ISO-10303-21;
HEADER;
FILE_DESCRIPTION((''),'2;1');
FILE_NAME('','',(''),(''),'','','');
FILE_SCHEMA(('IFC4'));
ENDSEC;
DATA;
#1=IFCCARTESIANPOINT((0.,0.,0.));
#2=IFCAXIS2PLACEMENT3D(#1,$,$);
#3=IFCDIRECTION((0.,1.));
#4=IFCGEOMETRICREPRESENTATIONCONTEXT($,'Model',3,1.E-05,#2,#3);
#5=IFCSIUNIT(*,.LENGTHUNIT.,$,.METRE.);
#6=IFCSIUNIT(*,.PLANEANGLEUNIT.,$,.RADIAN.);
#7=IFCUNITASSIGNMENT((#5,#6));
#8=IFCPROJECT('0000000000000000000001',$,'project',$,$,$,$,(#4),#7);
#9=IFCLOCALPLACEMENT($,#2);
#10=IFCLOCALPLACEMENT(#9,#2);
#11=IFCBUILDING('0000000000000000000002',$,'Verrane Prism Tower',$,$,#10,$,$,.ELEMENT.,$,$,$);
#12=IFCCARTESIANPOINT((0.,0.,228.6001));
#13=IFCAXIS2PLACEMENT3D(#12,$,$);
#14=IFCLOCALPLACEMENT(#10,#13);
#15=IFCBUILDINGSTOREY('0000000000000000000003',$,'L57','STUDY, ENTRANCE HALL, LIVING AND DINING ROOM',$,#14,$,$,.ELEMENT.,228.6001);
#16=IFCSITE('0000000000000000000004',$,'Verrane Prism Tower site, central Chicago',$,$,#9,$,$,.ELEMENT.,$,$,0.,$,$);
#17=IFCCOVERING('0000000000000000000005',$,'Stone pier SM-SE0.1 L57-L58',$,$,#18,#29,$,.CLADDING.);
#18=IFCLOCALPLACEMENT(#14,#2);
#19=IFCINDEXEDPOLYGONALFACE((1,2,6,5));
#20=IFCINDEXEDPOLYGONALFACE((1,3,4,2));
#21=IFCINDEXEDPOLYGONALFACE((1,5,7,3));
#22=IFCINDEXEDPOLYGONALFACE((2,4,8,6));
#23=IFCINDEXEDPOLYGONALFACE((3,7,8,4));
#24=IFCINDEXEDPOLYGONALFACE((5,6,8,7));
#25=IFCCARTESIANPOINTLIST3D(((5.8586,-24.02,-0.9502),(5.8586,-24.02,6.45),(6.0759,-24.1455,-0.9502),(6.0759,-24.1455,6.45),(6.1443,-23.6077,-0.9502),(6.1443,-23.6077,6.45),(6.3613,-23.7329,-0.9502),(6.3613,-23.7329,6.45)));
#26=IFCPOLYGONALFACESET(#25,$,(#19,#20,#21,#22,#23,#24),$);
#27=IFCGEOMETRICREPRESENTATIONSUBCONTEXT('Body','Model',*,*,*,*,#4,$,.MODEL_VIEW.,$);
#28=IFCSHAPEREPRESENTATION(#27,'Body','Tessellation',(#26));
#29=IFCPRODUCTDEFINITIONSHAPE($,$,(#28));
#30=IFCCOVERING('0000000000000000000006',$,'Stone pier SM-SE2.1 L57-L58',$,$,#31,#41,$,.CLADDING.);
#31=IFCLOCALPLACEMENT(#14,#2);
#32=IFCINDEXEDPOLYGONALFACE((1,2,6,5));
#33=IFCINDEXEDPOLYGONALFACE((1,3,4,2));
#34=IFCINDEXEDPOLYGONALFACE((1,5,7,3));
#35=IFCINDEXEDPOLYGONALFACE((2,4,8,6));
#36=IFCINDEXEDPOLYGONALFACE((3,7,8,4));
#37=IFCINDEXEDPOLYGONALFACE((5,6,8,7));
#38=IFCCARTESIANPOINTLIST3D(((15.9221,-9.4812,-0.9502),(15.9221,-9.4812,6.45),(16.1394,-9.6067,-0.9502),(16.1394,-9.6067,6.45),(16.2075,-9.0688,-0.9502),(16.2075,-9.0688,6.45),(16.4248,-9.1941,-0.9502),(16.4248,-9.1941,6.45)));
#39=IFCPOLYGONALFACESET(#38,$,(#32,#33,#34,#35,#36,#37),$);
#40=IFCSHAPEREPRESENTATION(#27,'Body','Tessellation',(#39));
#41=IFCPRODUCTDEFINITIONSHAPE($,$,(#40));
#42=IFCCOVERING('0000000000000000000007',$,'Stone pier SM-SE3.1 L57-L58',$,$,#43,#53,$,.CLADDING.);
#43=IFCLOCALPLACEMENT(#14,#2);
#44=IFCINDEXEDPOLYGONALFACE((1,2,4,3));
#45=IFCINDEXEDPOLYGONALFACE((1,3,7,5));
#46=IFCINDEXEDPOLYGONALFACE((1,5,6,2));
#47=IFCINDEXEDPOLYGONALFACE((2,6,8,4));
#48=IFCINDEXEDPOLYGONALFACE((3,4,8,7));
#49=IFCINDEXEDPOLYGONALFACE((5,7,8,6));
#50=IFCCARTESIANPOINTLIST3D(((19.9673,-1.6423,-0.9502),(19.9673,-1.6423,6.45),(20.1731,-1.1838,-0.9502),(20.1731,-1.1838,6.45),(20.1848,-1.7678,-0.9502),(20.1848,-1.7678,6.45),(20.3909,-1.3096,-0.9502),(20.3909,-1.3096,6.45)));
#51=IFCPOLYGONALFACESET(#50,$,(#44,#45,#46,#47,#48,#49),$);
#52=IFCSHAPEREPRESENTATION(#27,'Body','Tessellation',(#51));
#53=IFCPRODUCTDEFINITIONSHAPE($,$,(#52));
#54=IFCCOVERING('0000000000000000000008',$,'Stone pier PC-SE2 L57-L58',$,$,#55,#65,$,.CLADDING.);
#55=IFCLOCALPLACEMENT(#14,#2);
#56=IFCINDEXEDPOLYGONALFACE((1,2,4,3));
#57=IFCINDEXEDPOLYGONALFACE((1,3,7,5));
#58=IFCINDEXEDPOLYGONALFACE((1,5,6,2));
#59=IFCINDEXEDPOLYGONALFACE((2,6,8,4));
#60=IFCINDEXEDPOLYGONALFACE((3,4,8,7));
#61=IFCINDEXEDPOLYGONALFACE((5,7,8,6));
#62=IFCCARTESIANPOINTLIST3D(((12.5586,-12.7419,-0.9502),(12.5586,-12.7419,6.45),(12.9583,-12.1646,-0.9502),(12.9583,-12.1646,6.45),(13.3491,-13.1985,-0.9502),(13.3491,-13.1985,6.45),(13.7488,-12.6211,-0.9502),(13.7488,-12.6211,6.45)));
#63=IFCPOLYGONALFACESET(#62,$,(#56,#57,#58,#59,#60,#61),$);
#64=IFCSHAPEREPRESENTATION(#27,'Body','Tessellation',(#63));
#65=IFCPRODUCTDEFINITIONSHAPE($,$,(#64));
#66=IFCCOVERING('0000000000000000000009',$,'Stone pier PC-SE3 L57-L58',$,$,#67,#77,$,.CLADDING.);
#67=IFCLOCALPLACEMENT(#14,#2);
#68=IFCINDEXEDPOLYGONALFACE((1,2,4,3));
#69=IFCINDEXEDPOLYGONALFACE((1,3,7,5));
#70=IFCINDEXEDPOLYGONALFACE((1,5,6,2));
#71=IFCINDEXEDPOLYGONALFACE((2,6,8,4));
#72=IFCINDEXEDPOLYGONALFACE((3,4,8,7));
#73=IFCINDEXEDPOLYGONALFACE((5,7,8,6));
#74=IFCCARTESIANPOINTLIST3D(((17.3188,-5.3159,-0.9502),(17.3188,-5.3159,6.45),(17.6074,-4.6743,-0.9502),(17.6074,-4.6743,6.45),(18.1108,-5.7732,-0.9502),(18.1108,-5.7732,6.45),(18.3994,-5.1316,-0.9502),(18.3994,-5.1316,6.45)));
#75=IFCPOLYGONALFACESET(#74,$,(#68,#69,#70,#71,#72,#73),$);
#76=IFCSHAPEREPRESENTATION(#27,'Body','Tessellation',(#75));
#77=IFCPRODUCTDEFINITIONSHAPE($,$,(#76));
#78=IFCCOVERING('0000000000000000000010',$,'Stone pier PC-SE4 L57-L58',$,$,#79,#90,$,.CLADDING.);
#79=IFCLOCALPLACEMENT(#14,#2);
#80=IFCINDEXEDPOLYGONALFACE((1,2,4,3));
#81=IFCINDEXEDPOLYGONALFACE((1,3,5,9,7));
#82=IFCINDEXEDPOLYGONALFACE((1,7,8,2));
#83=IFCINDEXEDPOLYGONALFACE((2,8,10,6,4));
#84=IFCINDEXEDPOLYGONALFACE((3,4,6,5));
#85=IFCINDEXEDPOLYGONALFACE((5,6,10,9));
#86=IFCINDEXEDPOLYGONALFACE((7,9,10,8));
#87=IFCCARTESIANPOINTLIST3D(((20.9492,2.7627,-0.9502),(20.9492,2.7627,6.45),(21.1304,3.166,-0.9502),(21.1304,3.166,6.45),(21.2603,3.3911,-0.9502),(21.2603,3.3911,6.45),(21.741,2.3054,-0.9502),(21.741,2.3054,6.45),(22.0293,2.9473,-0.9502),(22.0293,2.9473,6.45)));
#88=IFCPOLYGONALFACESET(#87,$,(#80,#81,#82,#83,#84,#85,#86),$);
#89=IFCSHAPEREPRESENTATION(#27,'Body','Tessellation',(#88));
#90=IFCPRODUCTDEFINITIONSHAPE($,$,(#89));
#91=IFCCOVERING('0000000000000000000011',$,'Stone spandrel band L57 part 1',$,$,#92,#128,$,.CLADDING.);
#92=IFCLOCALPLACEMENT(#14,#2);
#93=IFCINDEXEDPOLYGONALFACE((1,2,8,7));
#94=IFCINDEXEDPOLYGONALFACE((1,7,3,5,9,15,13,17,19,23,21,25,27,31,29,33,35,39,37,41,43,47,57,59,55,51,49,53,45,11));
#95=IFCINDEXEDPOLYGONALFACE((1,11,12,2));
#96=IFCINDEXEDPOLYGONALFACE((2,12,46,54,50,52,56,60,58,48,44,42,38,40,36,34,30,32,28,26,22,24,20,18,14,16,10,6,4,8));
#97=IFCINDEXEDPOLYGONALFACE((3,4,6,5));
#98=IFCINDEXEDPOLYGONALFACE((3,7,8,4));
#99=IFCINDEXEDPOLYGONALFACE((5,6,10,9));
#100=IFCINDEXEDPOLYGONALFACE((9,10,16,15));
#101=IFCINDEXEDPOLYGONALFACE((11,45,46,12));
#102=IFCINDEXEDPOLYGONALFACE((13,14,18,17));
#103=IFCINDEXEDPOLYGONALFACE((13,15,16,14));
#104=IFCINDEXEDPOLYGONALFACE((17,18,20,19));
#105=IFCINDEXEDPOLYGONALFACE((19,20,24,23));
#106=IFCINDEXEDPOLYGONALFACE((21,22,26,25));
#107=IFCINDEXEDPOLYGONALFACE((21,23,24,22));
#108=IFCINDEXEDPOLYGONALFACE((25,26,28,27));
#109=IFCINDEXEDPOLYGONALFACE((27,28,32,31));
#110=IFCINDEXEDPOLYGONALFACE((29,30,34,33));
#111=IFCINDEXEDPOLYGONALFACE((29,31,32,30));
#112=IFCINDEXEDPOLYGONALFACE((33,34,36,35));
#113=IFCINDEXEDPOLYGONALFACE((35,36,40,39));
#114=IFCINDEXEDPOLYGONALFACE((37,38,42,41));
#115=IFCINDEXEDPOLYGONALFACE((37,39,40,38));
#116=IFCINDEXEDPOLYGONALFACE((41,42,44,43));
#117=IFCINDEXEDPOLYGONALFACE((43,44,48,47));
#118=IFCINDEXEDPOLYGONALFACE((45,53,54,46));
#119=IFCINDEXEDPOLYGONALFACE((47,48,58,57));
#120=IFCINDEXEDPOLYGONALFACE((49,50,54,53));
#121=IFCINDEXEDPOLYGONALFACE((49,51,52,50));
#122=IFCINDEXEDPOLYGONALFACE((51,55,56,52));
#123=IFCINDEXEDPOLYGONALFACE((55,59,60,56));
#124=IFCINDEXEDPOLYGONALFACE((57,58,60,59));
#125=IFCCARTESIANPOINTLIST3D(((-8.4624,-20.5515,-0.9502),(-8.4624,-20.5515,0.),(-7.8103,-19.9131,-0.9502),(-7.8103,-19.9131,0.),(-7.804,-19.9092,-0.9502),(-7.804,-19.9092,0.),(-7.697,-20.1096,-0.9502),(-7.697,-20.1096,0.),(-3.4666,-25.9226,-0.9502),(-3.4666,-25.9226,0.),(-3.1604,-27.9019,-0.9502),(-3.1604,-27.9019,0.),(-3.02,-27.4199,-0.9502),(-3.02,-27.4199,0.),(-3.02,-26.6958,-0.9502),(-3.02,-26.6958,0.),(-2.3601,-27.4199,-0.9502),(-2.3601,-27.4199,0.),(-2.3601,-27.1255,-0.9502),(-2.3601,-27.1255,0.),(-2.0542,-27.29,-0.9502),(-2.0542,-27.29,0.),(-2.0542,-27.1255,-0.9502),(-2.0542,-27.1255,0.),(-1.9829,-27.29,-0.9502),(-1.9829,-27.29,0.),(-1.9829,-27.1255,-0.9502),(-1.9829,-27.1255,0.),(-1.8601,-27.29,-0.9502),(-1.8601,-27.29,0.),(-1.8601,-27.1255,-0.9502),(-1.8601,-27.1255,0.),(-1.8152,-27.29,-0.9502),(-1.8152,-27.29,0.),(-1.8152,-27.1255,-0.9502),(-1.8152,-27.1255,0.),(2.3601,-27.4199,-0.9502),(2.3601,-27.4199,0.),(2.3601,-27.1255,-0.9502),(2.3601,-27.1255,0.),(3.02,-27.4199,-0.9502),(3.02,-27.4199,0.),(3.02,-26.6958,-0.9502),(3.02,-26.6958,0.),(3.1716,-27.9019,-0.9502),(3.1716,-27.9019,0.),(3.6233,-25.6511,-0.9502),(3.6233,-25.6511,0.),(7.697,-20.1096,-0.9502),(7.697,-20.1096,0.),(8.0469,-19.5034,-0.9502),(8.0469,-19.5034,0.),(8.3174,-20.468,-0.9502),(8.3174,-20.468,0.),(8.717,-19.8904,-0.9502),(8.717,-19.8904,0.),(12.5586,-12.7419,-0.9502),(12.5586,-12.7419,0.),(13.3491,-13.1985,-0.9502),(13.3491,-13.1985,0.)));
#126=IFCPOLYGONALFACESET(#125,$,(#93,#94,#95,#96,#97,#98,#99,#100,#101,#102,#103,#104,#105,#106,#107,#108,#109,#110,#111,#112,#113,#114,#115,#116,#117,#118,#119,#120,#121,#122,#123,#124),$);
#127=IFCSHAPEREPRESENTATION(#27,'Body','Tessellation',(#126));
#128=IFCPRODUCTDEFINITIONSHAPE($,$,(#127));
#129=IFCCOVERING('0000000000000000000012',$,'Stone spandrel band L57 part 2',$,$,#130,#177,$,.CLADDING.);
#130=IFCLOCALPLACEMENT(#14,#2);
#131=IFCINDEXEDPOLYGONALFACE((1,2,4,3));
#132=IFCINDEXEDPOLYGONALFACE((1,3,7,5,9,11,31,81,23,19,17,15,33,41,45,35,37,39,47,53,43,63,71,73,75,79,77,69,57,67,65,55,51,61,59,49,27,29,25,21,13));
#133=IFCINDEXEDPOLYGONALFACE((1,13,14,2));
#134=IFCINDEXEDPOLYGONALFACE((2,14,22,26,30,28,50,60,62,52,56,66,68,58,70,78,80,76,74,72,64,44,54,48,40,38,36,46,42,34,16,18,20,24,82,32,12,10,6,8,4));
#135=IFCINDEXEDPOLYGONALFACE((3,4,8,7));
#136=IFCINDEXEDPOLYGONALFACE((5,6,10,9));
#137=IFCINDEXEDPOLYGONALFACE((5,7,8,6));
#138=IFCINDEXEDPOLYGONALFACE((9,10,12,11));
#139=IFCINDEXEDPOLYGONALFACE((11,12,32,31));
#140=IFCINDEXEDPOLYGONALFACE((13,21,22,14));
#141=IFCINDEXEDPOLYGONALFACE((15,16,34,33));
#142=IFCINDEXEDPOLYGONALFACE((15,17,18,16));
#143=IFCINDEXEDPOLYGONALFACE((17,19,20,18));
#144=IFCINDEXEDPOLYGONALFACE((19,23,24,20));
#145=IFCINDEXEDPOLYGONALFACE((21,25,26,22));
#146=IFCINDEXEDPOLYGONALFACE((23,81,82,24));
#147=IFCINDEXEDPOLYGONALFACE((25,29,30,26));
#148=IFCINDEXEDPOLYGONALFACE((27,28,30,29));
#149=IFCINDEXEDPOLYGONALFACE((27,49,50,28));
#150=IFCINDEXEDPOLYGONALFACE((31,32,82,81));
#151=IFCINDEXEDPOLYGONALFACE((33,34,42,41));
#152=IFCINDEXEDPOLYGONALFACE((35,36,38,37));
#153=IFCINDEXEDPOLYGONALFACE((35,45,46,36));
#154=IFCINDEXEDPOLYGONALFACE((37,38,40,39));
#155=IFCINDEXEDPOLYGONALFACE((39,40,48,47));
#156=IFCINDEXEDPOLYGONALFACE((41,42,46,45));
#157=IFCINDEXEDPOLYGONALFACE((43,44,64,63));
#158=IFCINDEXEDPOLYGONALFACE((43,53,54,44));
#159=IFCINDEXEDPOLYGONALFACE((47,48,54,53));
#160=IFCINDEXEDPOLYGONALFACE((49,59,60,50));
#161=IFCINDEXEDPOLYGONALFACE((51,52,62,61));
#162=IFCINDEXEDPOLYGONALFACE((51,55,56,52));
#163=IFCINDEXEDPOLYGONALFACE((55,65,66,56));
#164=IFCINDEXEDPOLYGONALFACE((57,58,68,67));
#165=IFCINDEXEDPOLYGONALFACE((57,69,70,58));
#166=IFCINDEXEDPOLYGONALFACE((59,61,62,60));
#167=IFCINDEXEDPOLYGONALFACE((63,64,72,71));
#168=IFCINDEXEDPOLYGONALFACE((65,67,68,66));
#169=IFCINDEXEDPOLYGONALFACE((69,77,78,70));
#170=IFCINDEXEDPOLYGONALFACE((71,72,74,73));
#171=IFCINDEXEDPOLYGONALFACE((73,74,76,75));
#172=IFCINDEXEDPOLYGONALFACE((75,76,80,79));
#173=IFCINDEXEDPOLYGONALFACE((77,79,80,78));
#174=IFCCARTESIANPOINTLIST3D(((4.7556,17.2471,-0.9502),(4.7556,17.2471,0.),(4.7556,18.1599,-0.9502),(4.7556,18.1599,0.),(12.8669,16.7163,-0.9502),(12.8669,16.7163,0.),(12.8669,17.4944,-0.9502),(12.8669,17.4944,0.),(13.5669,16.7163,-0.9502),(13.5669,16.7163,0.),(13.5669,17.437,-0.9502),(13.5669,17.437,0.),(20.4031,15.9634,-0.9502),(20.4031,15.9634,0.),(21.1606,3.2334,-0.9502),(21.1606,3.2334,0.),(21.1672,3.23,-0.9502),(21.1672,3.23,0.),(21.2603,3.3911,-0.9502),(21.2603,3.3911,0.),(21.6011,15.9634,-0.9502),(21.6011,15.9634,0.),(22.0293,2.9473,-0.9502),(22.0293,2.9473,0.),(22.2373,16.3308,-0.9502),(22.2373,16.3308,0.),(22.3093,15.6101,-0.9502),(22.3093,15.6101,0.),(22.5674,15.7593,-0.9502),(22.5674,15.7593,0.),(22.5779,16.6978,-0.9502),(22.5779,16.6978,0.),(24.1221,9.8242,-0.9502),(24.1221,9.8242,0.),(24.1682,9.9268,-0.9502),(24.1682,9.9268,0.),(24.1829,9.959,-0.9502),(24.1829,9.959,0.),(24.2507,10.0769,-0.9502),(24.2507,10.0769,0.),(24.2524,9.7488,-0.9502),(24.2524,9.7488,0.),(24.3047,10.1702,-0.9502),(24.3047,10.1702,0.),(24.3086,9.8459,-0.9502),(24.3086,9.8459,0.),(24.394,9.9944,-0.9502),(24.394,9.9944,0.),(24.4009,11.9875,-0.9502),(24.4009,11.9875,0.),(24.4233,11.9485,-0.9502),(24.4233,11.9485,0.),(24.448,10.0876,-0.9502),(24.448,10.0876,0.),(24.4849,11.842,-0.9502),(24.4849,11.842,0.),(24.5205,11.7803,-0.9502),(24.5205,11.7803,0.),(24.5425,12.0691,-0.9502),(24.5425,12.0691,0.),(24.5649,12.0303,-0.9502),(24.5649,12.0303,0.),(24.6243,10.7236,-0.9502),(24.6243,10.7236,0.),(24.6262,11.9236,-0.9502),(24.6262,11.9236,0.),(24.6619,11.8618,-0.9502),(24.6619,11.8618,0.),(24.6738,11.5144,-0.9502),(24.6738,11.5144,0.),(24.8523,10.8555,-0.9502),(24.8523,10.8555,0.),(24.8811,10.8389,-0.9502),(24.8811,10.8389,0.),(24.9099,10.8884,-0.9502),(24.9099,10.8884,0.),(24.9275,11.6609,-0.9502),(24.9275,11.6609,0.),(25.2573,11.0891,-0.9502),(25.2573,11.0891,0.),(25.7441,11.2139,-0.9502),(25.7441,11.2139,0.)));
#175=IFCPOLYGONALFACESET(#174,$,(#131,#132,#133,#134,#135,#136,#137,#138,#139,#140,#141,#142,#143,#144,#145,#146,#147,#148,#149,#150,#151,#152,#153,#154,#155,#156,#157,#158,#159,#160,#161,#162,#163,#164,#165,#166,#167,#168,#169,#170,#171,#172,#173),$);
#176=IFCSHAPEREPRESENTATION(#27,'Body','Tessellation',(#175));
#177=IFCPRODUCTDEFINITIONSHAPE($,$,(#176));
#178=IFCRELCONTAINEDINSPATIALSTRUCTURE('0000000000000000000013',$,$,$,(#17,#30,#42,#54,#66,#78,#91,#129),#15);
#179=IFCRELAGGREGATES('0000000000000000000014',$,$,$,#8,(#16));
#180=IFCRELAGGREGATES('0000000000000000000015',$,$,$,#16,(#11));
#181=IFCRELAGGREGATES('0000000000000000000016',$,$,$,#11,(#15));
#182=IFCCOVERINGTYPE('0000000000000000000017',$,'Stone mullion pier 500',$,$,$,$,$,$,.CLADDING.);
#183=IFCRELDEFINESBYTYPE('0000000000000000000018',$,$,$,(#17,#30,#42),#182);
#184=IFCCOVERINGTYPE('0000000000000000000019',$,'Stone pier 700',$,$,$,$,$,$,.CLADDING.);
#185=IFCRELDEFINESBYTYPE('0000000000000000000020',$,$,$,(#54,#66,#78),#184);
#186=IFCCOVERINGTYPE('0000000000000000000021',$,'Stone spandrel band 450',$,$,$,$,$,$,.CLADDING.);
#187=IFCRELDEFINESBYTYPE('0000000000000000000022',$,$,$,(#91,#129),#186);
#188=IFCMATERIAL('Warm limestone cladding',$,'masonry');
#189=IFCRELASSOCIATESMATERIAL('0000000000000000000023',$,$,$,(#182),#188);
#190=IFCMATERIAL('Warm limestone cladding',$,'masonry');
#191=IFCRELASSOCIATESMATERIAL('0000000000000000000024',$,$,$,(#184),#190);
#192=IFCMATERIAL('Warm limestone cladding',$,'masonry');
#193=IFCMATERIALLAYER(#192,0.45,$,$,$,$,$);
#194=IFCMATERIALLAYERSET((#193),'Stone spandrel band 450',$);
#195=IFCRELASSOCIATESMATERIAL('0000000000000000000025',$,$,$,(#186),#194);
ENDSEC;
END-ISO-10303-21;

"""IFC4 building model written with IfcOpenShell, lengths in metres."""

from ifc_helpers import new_model, si_unit, direction, frame, origin, place, context, subcontext, project, spatial, polyline, outline, extrude, material, layer, layer_set, type_object, element, save


model = new_model("IFC4")

# Units and contexts
model_context = context("Model", 3, precision=1e-05, world=origin(), true_north=direction((0.0, 1.0)))
body_context = subcontext(model_context, "Body", "Model", "MODEL_VIEW")
ifc_project = project(units=[si_unit("LENGTHUNIT", "METRE"), si_unit("PLANEANGLEUNIT", "RADIAN")], contexts=[model_context])

# Site, building, storey
site_placement = place(None, origin())
site = spatial("IfcSite", under=ifc_project, at=site_placement, Name="Verrane Prism Tower site, central Chicago", CompositionType="ELEMENT", RefElevation=0.0)
building_placement = place(site_placement, origin())
building = spatial("IfcBuilding", under=site, at=building_placement, Name="Verrane Prism Tower", CompositionType="ELEMENT")
storey_placement = place(building_placement, frame((0.0, 0.0, 228.6001)))
storey = spatial("IfcBuildingStorey", under=building, at=storey_placement, Name="L57", Description="STUDY, ENTRANCE HALL, LIVING AND DINING ROOM", CompositionType="ELEMENT", Elevation=228.6001)

# Coverings
ifc_material_1 = material(Name="Warm limestone cladding", Category="masonry")
covering_type_1 = type_object("IfcCoveringType", Name="Stone mullion pier 500", PredefinedType="CLADDING", material=ifc_material_1)
covering_1_placement = place(storey_placement, frame((0.0, 0.0, -0.9502)))
element("IfcCovering", 1, at=covering_1_placement, inside=storey, type_object=covering_type_1, Name="Stone pier SM-SE0.1 L57-L58", PredefinedType="CLADDING", context=body_context, shape_type="SweptSolid", body=[
    extrude(outline(polyline([(6.1443, -23.6077), (5.8586, -24.02), (6.0759, -24.1455), (6.3613, -23.7329), (6.1443, -23.6077)])), origin(), (0.0, 0.0, 1.0), 7.4001),
])
covering_2_placement = place(storey_placement, frame((0.0, 0.0, -0.9502)))
element("IfcCovering", 2, at=covering_2_placement, inside=storey, type_object=covering_type_1, Name="Stone pier SM-SE2.1 L57-L58", PredefinedType="CLADDING", context=body_context, shape_type="SweptSolid", body=[
    extrude(outline(polyline([(16.2075, -9.0688), (15.9221, -9.4812), (16.1394, -9.6067), (16.4248, -9.1941), (16.2075, -9.0688)])), origin(), (0.0, 0.0, 1.0), 7.4001),
])
covering_3_placement = place(storey_placement, frame((0.0, 0.0, -0.9502)))
element("IfcCovering", 3, at=covering_3_placement, inside=storey, type_object=covering_type_1, Name="Stone pier SM-SE3.1 L57-L58", PredefinedType="CLADDING", context=body_context, shape_type="SweptSolid", body=[
    extrude(outline(polyline([(20.1731, -1.1838), (19.9673, -1.6423), (20.1848, -1.7678), (20.3909, -1.3096), (20.1731, -1.1838)])), origin(), (0.0, 0.0, 1.0), 7.4001),
])
ifc_material_2 = material(Name="Warm limestone cladding", Category="masonry")
covering_type_2 = type_object("IfcCoveringType", Name="Stone pier 700", PredefinedType="CLADDING", material=ifc_material_2)
covering_4_placement = place(storey_placement, frame((0.0, 0.0, -0.9502)))
element("IfcCovering", 4, at=covering_4_placement, inside=storey, type_object=covering_type_2, Name="Stone pier PC-SE2 L57-L58", PredefinedType="CLADDING", context=body_context, shape_type="SweptSolid", body=[
    extrude(outline(polyline([(13.7488, -12.6211), (12.9583, -12.1646), (12.5586, -12.7419), (13.3491, -13.1985), (13.7488, -12.6211)])), origin(), (0.0, 0.0, 1.0), 7.4001),
])
covering_5_placement = place(storey_placement, frame((0.0, 0.0, -0.9502)))
element("IfcCovering", 5, at=covering_5_placement, inside=storey, type_object=covering_type_2, Name="Stone pier PC-SE3 L57-L58", PredefinedType="CLADDING", context=body_context, shape_type="SweptSolid", body=[
    extrude(outline(polyline([(18.3994, -5.1316), (17.6074, -4.6743), (17.3188, -5.3159), (18.1108, -5.7732), (18.3994, -5.1316)])), origin(), (0.0, 0.0, 1.0), 7.4001),
])
covering_6_placement = place(storey_placement, frame((0.0, 0.0, -0.9502)))
element("IfcCovering", 6, at=covering_6_placement, inside=storey, type_object=covering_type_2, Name="Stone pier PC-SE4 L57-L58", PredefinedType="CLADDING", context=body_context, shape_type="SweptSolid", body=[
    extrude(outline(polyline([(21.2603, 3.3911), (21.1304, 3.166), (20.9492, 2.7627), (21.741, 2.3054), (22.0293, 2.9473), (21.2603, 3.3911)])), origin(), (0.0, 0.0, 1.0), 7.4001),
])
ifc_material_3 = material(Name="Warm limestone cladding", Category="masonry")
ifc_layer_1 = layer(ifc_material_3, 0.45)
ifc_layer_set_1 = layer_set([ifc_layer_1], Name="Stone spandrel band 450")
covering_type_3 = type_object("IfcCoveringType", Name="Stone spandrel band 450", PredefinedType="CLADDING", material=ifc_layer_set_1)
covering_7_placement = place(storey_placement, frame((0.0, 0.0, -0.9502)))
element("IfcCovering", 7, at=covering_7_placement, inside=storey, type_object=covering_type_3, Name="Stone spandrel band L57 part 1", PredefinedType="CLADDING", context=body_context, shape_type="SweptSolid", body=[
    extrude(outline(polyline([(13.3491, -13.1985), (12.5586, -12.7419), (3.6233, -25.6511), (3.02, -26.6958), (3.02, -27.4199), (2.3601, -27.4199), (2.3601, -27.1255), (-1.8152, -27.1255), (-1.8152, -27.29), (-1.8601, -27.29), (-1.8601, -27.1255), (-1.9829, -27.1255), (-1.9829, -27.29), (-2.0542, -27.29), (-2.0542, -27.1255), (-2.3601, -27.1255), (-2.3601, -27.4199), (-3.02, -27.4199), (-3.02, -26.6958), (-3.4666, -25.9226), (-7.804, -19.9092), (-7.8103, -19.9131), (-7.697, -20.1096), (-8.4624, -20.5515), (-3.1604, -27.9019), (3.1716, -27.9019), (8.3174, -20.468), (7.697, -20.1096), (8.0469, -19.5034), (8.717, -19.8904), (13.3491, -13.1985)])), origin(), (0.0, 0.0, 1.0), 0.9502),
])
covering_8_placement = place(storey_placement, frame((0.0, 0.0, -0.9502)))
element("IfcCovering", 8, at=covering_8_placement, inside=storey, type_object=covering_type_3, Name="Stone spandrel band L57 part 2", PredefinedType="CLADDING", context=body_context, shape_type="SweptSolid", body=[
    extrude(outline(polyline([(25.7441, 11.2139), (22.5779, 16.6978), (13.5669, 17.437), (13.5669, 16.7163), (12.8669, 16.7163), (12.8669, 17.4944), (4.7556, 18.1599), (4.7556, 17.2471), (20.4031, 15.9634), (21.6011, 15.9634), (22.2373, 16.3308), (22.5674, 15.7593), (22.3093, 15.6101), (24.4009, 11.9875), (24.5425, 12.0691), (24.5649, 12.0303), (24.4233, 11.9485), (24.4849, 11.842), (24.6262, 11.9236), (24.6619, 11.8618), (24.5205, 11.7803), (24.6738, 11.5144), (24.9275, 11.6609), (25.2573, 11.0891), (24.9099, 10.8884), (24.8811, 10.8389), (24.8523, 10.8555), (24.6243, 10.7236), (24.3047, 10.1702), (24.448, 10.0876), (24.394, 9.9944), (24.2507, 10.0769), (24.1829, 9.959), (24.1682, 9.9268), (24.3086, 9.8459), (24.2524, 9.7488), (24.1221, 9.8242), (21.1606, 3.2334), (21.1672, 3.23), (21.2603, 3.3911), (22.0293, 2.9473), (25.7441, 11.2139)])), origin(), (0.0, 0.0, 1.0), 0.9502),
])

save(model, "model.ifc")
